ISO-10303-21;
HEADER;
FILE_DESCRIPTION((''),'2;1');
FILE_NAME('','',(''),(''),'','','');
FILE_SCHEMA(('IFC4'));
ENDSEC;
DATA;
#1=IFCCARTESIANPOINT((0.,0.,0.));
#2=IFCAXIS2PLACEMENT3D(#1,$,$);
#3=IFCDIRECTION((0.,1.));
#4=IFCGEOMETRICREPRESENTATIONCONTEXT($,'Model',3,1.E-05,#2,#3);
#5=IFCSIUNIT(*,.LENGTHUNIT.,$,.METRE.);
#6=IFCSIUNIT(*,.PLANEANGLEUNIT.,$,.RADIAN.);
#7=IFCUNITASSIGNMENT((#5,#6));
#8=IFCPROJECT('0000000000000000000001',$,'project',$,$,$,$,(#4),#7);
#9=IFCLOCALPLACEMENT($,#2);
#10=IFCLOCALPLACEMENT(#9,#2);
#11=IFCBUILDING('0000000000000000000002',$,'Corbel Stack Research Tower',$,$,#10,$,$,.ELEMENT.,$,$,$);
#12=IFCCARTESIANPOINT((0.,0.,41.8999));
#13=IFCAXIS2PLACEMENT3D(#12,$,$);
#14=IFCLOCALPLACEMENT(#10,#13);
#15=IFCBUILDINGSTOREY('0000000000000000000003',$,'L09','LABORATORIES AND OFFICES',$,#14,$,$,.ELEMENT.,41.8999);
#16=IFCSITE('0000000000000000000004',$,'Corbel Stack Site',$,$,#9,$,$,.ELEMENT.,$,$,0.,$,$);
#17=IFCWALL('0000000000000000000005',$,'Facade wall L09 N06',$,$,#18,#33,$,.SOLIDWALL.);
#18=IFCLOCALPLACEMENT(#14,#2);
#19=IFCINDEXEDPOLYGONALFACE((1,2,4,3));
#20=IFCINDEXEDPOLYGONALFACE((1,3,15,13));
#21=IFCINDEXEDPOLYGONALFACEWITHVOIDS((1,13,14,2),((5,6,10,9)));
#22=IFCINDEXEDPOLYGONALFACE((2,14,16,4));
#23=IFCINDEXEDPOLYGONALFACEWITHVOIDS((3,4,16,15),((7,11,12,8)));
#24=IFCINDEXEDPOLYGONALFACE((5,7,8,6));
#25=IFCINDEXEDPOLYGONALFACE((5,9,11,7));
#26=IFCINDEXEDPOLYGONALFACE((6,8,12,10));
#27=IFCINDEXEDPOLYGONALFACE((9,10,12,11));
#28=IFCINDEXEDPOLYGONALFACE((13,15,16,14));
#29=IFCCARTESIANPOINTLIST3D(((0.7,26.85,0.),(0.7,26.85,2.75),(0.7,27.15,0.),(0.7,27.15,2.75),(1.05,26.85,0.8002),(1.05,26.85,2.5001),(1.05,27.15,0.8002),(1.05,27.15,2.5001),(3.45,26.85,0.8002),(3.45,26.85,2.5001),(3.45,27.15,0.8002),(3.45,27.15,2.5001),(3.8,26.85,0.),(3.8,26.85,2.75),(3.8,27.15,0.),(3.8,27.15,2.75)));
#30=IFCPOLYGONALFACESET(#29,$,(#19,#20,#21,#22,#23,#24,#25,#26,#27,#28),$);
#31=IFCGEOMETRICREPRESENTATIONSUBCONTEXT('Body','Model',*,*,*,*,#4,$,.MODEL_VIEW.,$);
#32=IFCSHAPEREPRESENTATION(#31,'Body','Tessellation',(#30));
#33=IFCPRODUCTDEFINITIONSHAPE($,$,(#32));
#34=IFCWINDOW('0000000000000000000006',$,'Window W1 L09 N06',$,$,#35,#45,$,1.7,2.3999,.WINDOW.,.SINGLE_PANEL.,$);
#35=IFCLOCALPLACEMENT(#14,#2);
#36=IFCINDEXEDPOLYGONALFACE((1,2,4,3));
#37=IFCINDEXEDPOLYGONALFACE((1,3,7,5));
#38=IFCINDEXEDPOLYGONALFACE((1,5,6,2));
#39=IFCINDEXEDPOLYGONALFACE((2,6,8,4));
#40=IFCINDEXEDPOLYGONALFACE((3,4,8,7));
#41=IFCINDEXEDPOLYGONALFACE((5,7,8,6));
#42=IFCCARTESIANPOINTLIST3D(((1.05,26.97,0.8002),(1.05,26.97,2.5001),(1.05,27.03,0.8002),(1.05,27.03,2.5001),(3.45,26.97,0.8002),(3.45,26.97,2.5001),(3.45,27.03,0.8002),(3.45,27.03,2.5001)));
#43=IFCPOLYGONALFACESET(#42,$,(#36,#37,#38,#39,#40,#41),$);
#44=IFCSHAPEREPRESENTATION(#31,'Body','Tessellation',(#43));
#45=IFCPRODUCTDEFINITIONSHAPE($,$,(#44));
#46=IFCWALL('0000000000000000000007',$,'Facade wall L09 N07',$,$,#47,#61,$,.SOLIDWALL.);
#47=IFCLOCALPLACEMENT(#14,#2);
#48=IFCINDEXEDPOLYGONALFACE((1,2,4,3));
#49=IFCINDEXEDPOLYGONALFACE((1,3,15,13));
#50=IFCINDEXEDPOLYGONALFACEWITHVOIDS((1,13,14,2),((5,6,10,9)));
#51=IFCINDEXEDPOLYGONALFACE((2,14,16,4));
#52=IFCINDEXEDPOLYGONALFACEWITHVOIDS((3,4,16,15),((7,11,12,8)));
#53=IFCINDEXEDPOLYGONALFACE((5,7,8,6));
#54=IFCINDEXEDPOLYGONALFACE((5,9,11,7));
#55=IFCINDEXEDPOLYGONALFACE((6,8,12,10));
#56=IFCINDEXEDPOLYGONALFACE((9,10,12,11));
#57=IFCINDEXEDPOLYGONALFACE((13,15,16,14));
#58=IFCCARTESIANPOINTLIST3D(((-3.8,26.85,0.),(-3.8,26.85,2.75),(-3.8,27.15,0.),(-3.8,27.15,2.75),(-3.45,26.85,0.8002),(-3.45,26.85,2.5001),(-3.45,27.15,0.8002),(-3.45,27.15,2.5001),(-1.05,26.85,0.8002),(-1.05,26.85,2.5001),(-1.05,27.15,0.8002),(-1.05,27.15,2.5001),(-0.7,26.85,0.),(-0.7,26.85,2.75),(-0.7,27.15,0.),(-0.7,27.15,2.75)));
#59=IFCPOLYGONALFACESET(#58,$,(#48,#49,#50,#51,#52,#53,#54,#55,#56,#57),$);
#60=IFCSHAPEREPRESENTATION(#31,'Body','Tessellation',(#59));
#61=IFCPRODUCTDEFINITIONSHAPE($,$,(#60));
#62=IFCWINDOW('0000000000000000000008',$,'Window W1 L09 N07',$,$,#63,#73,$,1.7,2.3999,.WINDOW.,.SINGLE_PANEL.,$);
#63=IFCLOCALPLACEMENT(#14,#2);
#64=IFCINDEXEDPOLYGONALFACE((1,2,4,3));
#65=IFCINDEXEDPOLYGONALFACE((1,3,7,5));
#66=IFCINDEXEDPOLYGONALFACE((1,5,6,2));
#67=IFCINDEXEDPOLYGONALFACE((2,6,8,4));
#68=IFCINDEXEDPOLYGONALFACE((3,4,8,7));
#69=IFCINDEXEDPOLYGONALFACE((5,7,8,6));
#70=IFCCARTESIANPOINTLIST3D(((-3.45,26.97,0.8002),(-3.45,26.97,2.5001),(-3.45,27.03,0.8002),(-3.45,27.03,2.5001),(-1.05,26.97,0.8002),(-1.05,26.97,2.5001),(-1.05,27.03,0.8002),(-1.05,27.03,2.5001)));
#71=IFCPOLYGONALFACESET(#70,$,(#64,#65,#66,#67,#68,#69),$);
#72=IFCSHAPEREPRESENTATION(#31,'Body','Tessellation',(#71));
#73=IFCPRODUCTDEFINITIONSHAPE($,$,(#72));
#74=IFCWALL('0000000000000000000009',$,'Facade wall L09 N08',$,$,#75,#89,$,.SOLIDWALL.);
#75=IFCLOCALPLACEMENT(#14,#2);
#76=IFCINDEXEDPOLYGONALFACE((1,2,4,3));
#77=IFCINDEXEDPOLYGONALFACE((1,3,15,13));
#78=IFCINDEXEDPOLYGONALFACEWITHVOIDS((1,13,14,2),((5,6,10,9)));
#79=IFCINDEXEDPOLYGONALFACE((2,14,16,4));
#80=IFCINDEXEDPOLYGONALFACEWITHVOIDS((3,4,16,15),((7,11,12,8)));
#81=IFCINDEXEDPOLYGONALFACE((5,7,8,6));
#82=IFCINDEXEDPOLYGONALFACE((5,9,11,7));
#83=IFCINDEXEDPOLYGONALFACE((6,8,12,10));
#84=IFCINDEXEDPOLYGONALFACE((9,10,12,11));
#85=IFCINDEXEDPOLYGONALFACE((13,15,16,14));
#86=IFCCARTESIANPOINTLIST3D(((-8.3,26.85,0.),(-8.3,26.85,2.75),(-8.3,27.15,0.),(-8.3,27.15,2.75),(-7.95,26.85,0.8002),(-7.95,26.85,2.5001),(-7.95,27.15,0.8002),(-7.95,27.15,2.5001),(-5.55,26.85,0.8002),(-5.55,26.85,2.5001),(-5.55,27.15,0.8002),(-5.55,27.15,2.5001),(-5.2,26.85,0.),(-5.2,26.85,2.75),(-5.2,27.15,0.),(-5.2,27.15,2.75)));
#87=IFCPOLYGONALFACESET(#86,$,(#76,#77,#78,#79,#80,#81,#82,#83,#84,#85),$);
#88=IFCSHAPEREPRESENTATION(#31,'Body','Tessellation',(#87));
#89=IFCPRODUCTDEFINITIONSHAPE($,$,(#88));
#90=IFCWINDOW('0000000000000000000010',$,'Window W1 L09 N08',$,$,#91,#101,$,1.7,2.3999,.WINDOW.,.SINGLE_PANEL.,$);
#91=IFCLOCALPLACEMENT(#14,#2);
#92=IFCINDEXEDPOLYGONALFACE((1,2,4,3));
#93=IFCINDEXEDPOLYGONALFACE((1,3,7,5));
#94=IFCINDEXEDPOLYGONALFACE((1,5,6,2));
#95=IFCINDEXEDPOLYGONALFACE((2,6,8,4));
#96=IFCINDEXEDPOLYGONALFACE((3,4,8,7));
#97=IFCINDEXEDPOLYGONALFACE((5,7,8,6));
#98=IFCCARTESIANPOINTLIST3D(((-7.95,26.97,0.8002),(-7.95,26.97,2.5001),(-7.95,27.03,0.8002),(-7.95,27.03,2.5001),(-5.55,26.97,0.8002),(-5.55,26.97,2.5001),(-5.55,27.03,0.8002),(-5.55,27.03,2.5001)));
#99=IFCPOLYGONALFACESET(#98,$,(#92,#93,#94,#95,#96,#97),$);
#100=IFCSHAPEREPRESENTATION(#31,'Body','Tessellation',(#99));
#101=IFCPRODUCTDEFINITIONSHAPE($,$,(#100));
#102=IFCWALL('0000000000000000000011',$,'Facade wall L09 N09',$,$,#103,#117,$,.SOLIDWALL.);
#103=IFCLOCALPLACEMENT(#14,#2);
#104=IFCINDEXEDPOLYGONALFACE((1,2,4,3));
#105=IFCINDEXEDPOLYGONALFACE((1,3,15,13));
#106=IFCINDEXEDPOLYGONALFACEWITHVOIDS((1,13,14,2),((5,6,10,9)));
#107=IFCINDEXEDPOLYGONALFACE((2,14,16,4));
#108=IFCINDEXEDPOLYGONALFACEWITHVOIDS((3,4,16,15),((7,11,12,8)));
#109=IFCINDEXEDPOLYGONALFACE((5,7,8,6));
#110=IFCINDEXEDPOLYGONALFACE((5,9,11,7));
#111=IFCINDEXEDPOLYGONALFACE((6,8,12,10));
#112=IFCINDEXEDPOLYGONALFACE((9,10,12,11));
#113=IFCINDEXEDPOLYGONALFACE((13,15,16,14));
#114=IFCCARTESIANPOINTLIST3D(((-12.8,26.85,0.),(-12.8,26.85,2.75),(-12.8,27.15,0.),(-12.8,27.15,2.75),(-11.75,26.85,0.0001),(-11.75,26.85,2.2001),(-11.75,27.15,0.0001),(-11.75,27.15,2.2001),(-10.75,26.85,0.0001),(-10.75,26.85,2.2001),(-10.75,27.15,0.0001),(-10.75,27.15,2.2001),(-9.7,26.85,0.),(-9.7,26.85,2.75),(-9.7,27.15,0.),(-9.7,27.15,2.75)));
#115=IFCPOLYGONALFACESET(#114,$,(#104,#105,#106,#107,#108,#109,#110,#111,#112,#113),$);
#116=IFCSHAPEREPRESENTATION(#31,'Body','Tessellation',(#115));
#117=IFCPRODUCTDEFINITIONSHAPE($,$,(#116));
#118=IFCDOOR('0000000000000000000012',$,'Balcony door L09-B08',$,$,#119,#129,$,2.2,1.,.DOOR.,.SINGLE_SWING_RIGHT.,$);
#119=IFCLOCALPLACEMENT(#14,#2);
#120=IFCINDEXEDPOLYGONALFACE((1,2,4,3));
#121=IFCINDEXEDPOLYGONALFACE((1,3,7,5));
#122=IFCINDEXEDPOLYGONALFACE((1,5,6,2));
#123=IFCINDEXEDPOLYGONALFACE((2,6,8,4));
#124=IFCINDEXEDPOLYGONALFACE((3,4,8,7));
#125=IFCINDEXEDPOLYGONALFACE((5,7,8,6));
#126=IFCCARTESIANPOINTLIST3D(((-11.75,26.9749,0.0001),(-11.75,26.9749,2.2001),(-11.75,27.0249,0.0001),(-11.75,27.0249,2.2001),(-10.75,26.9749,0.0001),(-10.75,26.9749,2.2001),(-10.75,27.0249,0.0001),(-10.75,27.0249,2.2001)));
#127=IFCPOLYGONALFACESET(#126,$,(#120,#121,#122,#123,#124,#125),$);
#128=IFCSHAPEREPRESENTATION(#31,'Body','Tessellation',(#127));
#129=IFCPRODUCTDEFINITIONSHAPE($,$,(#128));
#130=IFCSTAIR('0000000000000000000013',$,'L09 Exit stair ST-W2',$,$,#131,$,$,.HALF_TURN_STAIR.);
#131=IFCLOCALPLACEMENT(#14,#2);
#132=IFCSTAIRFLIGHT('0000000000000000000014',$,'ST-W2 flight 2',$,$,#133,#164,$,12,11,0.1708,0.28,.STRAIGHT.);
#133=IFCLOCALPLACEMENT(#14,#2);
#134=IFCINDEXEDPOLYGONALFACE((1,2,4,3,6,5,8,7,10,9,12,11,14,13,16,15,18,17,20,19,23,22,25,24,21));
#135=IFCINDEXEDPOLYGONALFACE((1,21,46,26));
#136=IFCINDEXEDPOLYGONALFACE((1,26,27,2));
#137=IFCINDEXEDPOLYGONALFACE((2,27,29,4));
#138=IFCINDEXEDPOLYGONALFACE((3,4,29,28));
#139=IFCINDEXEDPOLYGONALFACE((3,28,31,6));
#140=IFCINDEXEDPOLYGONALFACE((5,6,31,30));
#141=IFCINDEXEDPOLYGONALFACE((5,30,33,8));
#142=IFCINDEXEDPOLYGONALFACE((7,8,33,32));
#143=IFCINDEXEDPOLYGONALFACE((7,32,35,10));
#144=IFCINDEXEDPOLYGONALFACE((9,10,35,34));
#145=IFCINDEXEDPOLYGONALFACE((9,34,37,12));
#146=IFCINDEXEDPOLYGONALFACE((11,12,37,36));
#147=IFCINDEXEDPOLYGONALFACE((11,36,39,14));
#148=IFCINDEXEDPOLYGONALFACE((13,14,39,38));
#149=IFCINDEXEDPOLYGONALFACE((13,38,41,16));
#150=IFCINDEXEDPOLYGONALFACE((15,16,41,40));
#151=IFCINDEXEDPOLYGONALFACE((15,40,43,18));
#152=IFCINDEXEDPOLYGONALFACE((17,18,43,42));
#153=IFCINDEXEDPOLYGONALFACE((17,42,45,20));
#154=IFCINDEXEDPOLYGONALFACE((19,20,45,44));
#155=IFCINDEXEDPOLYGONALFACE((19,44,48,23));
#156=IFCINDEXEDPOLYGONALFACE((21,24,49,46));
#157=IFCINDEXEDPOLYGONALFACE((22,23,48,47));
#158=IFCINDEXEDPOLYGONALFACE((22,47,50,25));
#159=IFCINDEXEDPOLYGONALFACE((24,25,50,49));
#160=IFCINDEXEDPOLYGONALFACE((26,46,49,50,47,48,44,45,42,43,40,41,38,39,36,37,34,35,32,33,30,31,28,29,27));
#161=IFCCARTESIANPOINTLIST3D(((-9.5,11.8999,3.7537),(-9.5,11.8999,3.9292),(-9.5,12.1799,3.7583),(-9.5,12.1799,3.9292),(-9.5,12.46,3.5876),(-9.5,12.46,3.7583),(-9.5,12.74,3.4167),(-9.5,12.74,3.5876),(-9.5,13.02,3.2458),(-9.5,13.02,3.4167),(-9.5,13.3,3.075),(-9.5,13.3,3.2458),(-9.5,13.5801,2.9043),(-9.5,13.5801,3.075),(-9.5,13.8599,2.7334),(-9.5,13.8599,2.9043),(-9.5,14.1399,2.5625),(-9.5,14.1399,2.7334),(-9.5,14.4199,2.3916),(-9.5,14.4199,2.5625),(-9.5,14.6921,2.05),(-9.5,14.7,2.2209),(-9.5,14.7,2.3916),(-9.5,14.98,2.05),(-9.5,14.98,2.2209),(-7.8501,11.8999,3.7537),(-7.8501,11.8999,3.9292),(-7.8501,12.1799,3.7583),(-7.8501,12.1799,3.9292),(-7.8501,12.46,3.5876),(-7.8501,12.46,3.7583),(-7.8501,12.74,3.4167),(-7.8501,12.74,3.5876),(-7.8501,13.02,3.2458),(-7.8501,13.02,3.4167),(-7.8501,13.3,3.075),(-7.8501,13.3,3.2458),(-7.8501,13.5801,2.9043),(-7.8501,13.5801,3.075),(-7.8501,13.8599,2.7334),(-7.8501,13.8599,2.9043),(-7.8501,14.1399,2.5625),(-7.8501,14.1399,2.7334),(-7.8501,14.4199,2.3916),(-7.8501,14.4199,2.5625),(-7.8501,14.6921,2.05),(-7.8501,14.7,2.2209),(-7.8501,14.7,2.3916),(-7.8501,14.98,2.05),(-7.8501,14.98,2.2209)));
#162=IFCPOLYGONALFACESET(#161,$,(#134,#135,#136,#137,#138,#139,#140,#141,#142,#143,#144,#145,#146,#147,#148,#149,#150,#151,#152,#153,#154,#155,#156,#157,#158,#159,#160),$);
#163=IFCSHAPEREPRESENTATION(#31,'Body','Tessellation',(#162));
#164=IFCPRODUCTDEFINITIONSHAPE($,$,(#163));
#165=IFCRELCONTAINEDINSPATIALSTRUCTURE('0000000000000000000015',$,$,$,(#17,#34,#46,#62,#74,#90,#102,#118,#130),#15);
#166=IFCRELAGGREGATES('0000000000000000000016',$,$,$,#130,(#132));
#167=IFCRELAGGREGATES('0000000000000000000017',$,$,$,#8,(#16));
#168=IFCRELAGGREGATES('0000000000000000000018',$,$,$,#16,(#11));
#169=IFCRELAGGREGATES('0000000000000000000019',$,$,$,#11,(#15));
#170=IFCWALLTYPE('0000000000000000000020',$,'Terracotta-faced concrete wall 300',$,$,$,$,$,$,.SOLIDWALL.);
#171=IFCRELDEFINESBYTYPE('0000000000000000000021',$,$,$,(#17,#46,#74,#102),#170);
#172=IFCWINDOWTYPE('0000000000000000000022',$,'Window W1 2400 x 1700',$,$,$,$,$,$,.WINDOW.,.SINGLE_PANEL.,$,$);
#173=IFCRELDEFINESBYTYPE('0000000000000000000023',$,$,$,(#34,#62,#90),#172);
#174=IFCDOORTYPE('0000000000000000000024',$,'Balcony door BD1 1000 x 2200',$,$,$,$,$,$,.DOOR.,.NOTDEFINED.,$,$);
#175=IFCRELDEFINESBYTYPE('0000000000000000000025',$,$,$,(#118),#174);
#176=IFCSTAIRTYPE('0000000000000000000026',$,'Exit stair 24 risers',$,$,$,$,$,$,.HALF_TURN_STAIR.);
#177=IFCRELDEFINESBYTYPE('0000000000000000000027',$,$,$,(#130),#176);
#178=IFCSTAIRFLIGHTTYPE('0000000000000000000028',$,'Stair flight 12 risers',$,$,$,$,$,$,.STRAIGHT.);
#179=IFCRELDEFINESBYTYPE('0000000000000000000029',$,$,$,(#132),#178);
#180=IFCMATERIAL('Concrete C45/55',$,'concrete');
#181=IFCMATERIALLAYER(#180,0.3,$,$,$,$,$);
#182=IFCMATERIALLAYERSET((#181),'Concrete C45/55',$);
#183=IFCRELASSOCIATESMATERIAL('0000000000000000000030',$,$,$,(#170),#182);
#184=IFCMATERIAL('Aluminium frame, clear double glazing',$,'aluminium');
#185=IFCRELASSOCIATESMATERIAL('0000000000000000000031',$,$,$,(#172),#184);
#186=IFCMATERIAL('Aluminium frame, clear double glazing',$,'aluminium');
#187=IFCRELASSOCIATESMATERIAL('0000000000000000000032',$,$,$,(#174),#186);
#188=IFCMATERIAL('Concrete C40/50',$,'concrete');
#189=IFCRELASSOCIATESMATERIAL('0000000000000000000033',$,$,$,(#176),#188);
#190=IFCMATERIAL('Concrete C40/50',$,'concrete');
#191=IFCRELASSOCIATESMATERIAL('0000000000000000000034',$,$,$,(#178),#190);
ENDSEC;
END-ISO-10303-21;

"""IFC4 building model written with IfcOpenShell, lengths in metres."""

from ifc_helpers import new_model, si_unit, direction, frame, frame_2d, origin, place, context, subcontext, project, spatial, polyline, rectangle, outline, extrude, material, layer, layer_set, type_object, element, fill, aggregate, save


model = new_model("IFC4")

# Units and contexts
model_context = context("Model", 3, precision=1e-05, world=origin(), true_north=direction((0.0, 1.0)))
body_context = subcontext(model_context, "Body", "Model", "MODEL_VIEW")
ifc_project = project(units=[si_unit("LENGTHUNIT", "METRE"), si_unit("PLANEANGLEUNIT", "RADIAN")], contexts=[model_context])

# Site, building, storey
site_placement = place(None, origin())
site = spatial("IfcSite", under=ifc_project, at=site_placement, Name="Corbel Stack Site", CompositionType="ELEMENT", RefElevation=0.0)
building_placement = place(site_placement, origin())
building = spatial("IfcBuilding", under=site, at=building_placement, Name="Corbel Stack Research Tower", CompositionType="ELEMENT")
storey_placement = place(building_placement, frame((0.0, 0.0, 41.8999)))
storey = spatial("IfcBuildingStorey", under=building, at=storey_placement, Name="L09", Description="LABORATORIES AND OFFICES", CompositionType="ELEMENT", Elevation=41.8999)

# Walls, openings, windows
ifc_material_1 = material(Name="Concrete C45/55", Category="concrete")
ifc_layer_1 = layer(ifc_material_1, 0.3)
ifc_layer_set_1 = layer_set([ifc_layer_1], Name="Concrete C45/55")
wall_type_1 = type_object("IfcWallType", Name="Terracotta-faced concrete wall 300", PredefinedType="SOLIDWALL", material=ifc_layer_set_1)
wall_1_placement = place(storey_placement, frame((0.7, 27.0, 0.0), z_axis=(0.0, 0.0, 1.0), x_axis=(1.0, 0.0, 0.0)))
wall_1 = element("IfcWall", 1, at=wall_1_placement, inside=storey, type_object=wall_type_1, Name="Facade wall L09 N06", PredefinedType="SOLIDWALL", context=body_context, shape_type="SweptSolid", body=[
    extrude(rectangle(XDim=3.1001, YDim=0.3, at=frame_2d((1.55, 0.0))), origin(), (0.0, 0.0, 1.0), 2.75),
])
opening_1_placement = place(wall_1_placement, frame((0.3501, 0.0, 0.8)))
opening_1 = element("IfcOpeningElement", 2, at=opening_1_placement, cuts=wall_1, PredefinedType="OPENING", context=body_context, shape_type="SweptSolid", body=[
    extrude(rectangle(XDim=2.3999, YDim=1.7, at=frame_2d((1.2, 0.8501))), frame((0.0, 0.1599, 0.0), z_axis=(0.0, -1.0, 0.0), x_axis=(1.0, 0.0, 0.0)), (0.0, 0.0, 1.0), 0.3201),
])
ifc_material_2 = material(Name="Aluminium frame, clear double glazing", Category="aluminium")
window_type = type_object("IfcWindowType", Name="Window W1 2400 x 1700", PartitioningType="SINGLE_PANEL", PredefinedType="WINDOW", material=ifc_material_2)
window_1_placement = place(opening_1_placement, origin())
window_1 = element("IfcWindow", 3, at=window_1_placement, inside=storey, type_object=window_type, Name="Window W1 L09 N06", OverallHeight=1.7, OverallWidth=2.3999, PartitioningType="SINGLE_PANEL", PredefinedType="WINDOW", context=body_context, shape_type="SweptSolid", body=[
    extrude(rectangle(XDim=2.3999, YDim=1.7, at=frame_2d((1.2, 0.8501))), frame((0.0, 0.03, 0.0), z_axis=(0.0, -1.0, 0.0), x_axis=(1.0, 0.0, 0.0)), (0.0, 0.0, 1.0), 0.0601),
])
fill(opening_1, window_1)
wall_2_placement = place(storey_placement, frame((-3.8, 27.0, 0.0), z_axis=(0.0, 0.0, 1.0), x_axis=(1.0, 0.0, 0.0)))
wall_2 = element("IfcWall", 4, at=wall_2_placement, inside=storey, type_object=wall_type_1, Name="Facade wall L09 N07", PredefinedType="SOLIDWALL", context=body_context, shape_type="SweptSolid", body=[
    extrude(rectangle(XDim=3.1001, YDim=0.3, at=frame_2d((1.55, 0.0))), origin(), (0.0, 0.0, 1.0), 2.75),
])
opening_2_placement = place(wall_2_placement, frame((0.3501, 0.0, 0.8)))
opening_2 = element("IfcOpeningElement", 5, at=opening_2_placement, cuts=wall_2, PredefinedType="OPENING", context=body_context, shape_type="SweptSolid", body=[
    extrude(rectangle(XDim=2.3999, YDim=1.7, at=frame_2d((1.2, 0.8501))), frame((0.0, 0.1599, 0.0), z_axis=(0.0, -1.0, 0.0), x_axis=(1.0, 0.0, 0.0)), (0.0, 0.0, 1.0), 0.3201),
])
window_2_placement = place(opening_2_placement, origin())
window_2 = element("IfcWindow", 6, at=window_2_placement, inside=storey, type_object=window_type, Name="Window W1 L09 N07", OverallHeight=1.7, OverallWidth=2.3999, PartitioningType="SINGLE_PANEL", PredefinedType="WINDOW", context=body_context, shape_type="SweptSolid", body=[
    extrude(rectangle(XDim=2.3999, YDim=1.7, at=frame_2d((1.2, 0.8501))), frame((0.0, 0.03, 0.0), z_axis=(0.0, -1.0, 0.0), x_axis=(1.0, 0.0, 0.0)), (0.0, 0.0, 1.0), 0.0601),
])
fill(opening_2, window_2)
wall_3_placement = place(storey_placement, frame((-8.3, 27.0, 0.0), z_axis=(0.0, 0.0, 1.0), x_axis=(1.0, 0.0, 0.0)))
wall_3 = element("IfcWall", 7, at=wall_3_placement, inside=storey, type_object=wall_type_1, Name="Facade wall L09 N08", PredefinedType="SOLIDWALL", context=body_context, shape_type="SweptSolid", body=[
    extrude(rectangle(XDim=3.1001, YDim=0.3, at=frame_2d((1.55, 0.0))), origin(), (0.0, 0.0, 1.0), 2.75),
])
opening_3_placement = place(wall_3_placement, frame((0.3501, 0.0, 0.8)))
opening_3 = element("IfcOpeningElement", 8, at=opening_3_placement, cuts=wall_3, PredefinedType="OPENING", context=body_context, shape_type="SweptSolid", body=[
    extrude(rectangle(XDim=2.3999, YDim=1.7, at=frame_2d((1.2, 0.8501))), frame((0.0, 0.1599, 0.0), z_axis=(0.0, -1.0, 0.0), x_axis=(1.0, 0.0, 0.0)), (0.0, 0.0, 1.0), 0.3201),
])
window_3_placement = place(opening_3_placement, origin())
window_3 = element("IfcWindow", 9, at=window_3_placement, inside=storey, type_object=window_type, Name="Window W1 L09 N08", OverallHeight=1.7, OverallWidth=2.3999, PartitioningType="SINGLE_PANEL", PredefinedType="WINDOW", context=body_context, shape_type="SweptSolid", body=[
    extrude(rectangle(XDim=2.3999, YDim=1.7, at=frame_2d((1.2, 0.8501))), frame((0.0, 0.03, 0.0), z_axis=(0.0, -1.0, 0.0), x_axis=(1.0, 0.0, 0.0)), (0.0, 0.0, 1.0), 0.0601),
])
fill(opening_3, window_3)

# Wall, opening, door
wall_4_placement = place(storey_placement, frame((-12.8, 27.0, 0.0), z_axis=(0.0, 0.0, 1.0), x_axis=(1.0, 0.0, 0.0)))
wall_4 = element("IfcWall", 10, at=wall_4_placement, inside=storey, type_object=wall_type_1, Name="Facade wall L09 N09", PredefinedType="SOLIDWALL", context=body_context, shape_type="SweptSolid", body=[
    extrude(rectangle(XDim=3.1001, YDim=0.3, at=frame_2d((1.55, 0.0))), origin(), (0.0, 0.0, 1.0), 2.75),
])
opening_4_placement = place(wall_4_placement, frame((1.05, 0.0, 0.0)))
opening_4 = element("IfcOpeningElement", 11, at=opening_4_placement, cuts=wall_4, PredefinedType="OPENING", context=body_context, shape_type="SweptSolid", body=[
    extrude(rectangle(XDim=1.0, YDim=2.2, at=frame_2d((0.5, 1.1001))), frame((0.0, 0.1599, 0.0), z_axis=(0.0, -1.0, 0.0), x_axis=(1.0, 0.0, 0.0)), (0.0, 0.0, 1.0), 0.3201),
])
ifc_material_3 = material(Name="Aluminium frame, clear double glazing", Category="aluminium")
door_type = type_object("IfcDoorType", Name="Balcony door BD1 1000 x 2200", OperationType="NOTDEFINED", PredefinedType="DOOR", material=ifc_material_3)
door_placement = place(opening_4_placement, origin())
door = element("IfcDoor", 12, at=door_placement, inside=storey, type_object=door_type, Name="Balcony door L09-B08", OperationType="SINGLE_SWING_RIGHT", OverallHeight=2.2, OverallWidth=1.0, PredefinedType="DOOR", context=body_context, shape_type="SweptSolid", body=[
    extrude(rectangle(XDim=1.0, YDim=2.2, at=frame_2d((0.5, 1.1001))), frame((0.0, 0.0249, 0.0), z_axis=(0.0, -1.0, 0.0), x_axis=(1.0, 0.0, 0.0)), (0.0, 0.0, 1.0), 0.05),
])
fill(opening_4, door)

# Stair, stair flight
ifc_material_4 = material(Name="Concrete C40/50", Category="concrete")
stair_type = type_object("IfcStairType", Name="Exit stair 24 risers", PredefinedType="HALF_TURN_STAIR", material=ifc_material_4)
stair_placement = place(storey_placement, origin())
stair = element("IfcStair", 13, at=stair_placement, inside=storey, type_object=stair_type, Name="L09 Exit stair ST-W2", PredefinedType="HALF_TURN_STAIR")
ifc_material_5 = material(Name="Concrete C40/50", Category="concrete")
stair_flight_type = type_object("IfcStairFlightType", Name="Stair flight 12 risers", PredefinedType="STRAIGHT", material=ifc_material_5)
stair_flight_placement = place(storey_placement, frame((-8.675, 14.98, 2.05), z_axis=(0.0, 0.0, 1.0), x_axis=(0.0, -1.0, 0.0)))
stair_flight = element("IfcStairFlight", 14, at=stair_flight_placement, type_object=stair_flight_type, Name="ST-W2 flight 2", NumberOfRisers=12, NumberOfTreads=11, PredefinedType="STRAIGHT", RiserHeight=0.1708, TreadLength=0.28, context=body_context, shape_type="SweptSolid", body=[
    extrude(outline(polyline([(0.0, 0.0), (0.0, 0.1709), (0.28, 0.1709), (0.28, 0.3416), (0.5601, 0.3416), (0.5601, 0.5125), (0.8401, 0.5125), (0.8401, 0.6833), (1.1201, 0.6833), (1.1201, 0.8542), (1.3999, 0.8542), (1.3999, 1.0249), (1.6799, 1.0249), (1.6799, 1.1958), (1.96, 1.1958), (1.96, 1.3667), (2.24, 1.3667), (2.24, 1.5376), (2.52, 1.5376), (2.52, 1.7083), (2.8, 1.7083), (2.8, 1.8792), (3.0801, 1.8792), (3.0801, 2.05), (3.0801, 1.7036), (0.2878, 0.0), (0.0, 0.0)])), frame((0.0, 0.825, 0.0), z_axis=(0.0, -1.0, 0.0), x_axis=(1.0, 0.0, 0.0)), (0.0, 0.0, 1.0), 1.6499),
])
aggregate(stair, [stair_flight])

save(model, "model.ifc")
